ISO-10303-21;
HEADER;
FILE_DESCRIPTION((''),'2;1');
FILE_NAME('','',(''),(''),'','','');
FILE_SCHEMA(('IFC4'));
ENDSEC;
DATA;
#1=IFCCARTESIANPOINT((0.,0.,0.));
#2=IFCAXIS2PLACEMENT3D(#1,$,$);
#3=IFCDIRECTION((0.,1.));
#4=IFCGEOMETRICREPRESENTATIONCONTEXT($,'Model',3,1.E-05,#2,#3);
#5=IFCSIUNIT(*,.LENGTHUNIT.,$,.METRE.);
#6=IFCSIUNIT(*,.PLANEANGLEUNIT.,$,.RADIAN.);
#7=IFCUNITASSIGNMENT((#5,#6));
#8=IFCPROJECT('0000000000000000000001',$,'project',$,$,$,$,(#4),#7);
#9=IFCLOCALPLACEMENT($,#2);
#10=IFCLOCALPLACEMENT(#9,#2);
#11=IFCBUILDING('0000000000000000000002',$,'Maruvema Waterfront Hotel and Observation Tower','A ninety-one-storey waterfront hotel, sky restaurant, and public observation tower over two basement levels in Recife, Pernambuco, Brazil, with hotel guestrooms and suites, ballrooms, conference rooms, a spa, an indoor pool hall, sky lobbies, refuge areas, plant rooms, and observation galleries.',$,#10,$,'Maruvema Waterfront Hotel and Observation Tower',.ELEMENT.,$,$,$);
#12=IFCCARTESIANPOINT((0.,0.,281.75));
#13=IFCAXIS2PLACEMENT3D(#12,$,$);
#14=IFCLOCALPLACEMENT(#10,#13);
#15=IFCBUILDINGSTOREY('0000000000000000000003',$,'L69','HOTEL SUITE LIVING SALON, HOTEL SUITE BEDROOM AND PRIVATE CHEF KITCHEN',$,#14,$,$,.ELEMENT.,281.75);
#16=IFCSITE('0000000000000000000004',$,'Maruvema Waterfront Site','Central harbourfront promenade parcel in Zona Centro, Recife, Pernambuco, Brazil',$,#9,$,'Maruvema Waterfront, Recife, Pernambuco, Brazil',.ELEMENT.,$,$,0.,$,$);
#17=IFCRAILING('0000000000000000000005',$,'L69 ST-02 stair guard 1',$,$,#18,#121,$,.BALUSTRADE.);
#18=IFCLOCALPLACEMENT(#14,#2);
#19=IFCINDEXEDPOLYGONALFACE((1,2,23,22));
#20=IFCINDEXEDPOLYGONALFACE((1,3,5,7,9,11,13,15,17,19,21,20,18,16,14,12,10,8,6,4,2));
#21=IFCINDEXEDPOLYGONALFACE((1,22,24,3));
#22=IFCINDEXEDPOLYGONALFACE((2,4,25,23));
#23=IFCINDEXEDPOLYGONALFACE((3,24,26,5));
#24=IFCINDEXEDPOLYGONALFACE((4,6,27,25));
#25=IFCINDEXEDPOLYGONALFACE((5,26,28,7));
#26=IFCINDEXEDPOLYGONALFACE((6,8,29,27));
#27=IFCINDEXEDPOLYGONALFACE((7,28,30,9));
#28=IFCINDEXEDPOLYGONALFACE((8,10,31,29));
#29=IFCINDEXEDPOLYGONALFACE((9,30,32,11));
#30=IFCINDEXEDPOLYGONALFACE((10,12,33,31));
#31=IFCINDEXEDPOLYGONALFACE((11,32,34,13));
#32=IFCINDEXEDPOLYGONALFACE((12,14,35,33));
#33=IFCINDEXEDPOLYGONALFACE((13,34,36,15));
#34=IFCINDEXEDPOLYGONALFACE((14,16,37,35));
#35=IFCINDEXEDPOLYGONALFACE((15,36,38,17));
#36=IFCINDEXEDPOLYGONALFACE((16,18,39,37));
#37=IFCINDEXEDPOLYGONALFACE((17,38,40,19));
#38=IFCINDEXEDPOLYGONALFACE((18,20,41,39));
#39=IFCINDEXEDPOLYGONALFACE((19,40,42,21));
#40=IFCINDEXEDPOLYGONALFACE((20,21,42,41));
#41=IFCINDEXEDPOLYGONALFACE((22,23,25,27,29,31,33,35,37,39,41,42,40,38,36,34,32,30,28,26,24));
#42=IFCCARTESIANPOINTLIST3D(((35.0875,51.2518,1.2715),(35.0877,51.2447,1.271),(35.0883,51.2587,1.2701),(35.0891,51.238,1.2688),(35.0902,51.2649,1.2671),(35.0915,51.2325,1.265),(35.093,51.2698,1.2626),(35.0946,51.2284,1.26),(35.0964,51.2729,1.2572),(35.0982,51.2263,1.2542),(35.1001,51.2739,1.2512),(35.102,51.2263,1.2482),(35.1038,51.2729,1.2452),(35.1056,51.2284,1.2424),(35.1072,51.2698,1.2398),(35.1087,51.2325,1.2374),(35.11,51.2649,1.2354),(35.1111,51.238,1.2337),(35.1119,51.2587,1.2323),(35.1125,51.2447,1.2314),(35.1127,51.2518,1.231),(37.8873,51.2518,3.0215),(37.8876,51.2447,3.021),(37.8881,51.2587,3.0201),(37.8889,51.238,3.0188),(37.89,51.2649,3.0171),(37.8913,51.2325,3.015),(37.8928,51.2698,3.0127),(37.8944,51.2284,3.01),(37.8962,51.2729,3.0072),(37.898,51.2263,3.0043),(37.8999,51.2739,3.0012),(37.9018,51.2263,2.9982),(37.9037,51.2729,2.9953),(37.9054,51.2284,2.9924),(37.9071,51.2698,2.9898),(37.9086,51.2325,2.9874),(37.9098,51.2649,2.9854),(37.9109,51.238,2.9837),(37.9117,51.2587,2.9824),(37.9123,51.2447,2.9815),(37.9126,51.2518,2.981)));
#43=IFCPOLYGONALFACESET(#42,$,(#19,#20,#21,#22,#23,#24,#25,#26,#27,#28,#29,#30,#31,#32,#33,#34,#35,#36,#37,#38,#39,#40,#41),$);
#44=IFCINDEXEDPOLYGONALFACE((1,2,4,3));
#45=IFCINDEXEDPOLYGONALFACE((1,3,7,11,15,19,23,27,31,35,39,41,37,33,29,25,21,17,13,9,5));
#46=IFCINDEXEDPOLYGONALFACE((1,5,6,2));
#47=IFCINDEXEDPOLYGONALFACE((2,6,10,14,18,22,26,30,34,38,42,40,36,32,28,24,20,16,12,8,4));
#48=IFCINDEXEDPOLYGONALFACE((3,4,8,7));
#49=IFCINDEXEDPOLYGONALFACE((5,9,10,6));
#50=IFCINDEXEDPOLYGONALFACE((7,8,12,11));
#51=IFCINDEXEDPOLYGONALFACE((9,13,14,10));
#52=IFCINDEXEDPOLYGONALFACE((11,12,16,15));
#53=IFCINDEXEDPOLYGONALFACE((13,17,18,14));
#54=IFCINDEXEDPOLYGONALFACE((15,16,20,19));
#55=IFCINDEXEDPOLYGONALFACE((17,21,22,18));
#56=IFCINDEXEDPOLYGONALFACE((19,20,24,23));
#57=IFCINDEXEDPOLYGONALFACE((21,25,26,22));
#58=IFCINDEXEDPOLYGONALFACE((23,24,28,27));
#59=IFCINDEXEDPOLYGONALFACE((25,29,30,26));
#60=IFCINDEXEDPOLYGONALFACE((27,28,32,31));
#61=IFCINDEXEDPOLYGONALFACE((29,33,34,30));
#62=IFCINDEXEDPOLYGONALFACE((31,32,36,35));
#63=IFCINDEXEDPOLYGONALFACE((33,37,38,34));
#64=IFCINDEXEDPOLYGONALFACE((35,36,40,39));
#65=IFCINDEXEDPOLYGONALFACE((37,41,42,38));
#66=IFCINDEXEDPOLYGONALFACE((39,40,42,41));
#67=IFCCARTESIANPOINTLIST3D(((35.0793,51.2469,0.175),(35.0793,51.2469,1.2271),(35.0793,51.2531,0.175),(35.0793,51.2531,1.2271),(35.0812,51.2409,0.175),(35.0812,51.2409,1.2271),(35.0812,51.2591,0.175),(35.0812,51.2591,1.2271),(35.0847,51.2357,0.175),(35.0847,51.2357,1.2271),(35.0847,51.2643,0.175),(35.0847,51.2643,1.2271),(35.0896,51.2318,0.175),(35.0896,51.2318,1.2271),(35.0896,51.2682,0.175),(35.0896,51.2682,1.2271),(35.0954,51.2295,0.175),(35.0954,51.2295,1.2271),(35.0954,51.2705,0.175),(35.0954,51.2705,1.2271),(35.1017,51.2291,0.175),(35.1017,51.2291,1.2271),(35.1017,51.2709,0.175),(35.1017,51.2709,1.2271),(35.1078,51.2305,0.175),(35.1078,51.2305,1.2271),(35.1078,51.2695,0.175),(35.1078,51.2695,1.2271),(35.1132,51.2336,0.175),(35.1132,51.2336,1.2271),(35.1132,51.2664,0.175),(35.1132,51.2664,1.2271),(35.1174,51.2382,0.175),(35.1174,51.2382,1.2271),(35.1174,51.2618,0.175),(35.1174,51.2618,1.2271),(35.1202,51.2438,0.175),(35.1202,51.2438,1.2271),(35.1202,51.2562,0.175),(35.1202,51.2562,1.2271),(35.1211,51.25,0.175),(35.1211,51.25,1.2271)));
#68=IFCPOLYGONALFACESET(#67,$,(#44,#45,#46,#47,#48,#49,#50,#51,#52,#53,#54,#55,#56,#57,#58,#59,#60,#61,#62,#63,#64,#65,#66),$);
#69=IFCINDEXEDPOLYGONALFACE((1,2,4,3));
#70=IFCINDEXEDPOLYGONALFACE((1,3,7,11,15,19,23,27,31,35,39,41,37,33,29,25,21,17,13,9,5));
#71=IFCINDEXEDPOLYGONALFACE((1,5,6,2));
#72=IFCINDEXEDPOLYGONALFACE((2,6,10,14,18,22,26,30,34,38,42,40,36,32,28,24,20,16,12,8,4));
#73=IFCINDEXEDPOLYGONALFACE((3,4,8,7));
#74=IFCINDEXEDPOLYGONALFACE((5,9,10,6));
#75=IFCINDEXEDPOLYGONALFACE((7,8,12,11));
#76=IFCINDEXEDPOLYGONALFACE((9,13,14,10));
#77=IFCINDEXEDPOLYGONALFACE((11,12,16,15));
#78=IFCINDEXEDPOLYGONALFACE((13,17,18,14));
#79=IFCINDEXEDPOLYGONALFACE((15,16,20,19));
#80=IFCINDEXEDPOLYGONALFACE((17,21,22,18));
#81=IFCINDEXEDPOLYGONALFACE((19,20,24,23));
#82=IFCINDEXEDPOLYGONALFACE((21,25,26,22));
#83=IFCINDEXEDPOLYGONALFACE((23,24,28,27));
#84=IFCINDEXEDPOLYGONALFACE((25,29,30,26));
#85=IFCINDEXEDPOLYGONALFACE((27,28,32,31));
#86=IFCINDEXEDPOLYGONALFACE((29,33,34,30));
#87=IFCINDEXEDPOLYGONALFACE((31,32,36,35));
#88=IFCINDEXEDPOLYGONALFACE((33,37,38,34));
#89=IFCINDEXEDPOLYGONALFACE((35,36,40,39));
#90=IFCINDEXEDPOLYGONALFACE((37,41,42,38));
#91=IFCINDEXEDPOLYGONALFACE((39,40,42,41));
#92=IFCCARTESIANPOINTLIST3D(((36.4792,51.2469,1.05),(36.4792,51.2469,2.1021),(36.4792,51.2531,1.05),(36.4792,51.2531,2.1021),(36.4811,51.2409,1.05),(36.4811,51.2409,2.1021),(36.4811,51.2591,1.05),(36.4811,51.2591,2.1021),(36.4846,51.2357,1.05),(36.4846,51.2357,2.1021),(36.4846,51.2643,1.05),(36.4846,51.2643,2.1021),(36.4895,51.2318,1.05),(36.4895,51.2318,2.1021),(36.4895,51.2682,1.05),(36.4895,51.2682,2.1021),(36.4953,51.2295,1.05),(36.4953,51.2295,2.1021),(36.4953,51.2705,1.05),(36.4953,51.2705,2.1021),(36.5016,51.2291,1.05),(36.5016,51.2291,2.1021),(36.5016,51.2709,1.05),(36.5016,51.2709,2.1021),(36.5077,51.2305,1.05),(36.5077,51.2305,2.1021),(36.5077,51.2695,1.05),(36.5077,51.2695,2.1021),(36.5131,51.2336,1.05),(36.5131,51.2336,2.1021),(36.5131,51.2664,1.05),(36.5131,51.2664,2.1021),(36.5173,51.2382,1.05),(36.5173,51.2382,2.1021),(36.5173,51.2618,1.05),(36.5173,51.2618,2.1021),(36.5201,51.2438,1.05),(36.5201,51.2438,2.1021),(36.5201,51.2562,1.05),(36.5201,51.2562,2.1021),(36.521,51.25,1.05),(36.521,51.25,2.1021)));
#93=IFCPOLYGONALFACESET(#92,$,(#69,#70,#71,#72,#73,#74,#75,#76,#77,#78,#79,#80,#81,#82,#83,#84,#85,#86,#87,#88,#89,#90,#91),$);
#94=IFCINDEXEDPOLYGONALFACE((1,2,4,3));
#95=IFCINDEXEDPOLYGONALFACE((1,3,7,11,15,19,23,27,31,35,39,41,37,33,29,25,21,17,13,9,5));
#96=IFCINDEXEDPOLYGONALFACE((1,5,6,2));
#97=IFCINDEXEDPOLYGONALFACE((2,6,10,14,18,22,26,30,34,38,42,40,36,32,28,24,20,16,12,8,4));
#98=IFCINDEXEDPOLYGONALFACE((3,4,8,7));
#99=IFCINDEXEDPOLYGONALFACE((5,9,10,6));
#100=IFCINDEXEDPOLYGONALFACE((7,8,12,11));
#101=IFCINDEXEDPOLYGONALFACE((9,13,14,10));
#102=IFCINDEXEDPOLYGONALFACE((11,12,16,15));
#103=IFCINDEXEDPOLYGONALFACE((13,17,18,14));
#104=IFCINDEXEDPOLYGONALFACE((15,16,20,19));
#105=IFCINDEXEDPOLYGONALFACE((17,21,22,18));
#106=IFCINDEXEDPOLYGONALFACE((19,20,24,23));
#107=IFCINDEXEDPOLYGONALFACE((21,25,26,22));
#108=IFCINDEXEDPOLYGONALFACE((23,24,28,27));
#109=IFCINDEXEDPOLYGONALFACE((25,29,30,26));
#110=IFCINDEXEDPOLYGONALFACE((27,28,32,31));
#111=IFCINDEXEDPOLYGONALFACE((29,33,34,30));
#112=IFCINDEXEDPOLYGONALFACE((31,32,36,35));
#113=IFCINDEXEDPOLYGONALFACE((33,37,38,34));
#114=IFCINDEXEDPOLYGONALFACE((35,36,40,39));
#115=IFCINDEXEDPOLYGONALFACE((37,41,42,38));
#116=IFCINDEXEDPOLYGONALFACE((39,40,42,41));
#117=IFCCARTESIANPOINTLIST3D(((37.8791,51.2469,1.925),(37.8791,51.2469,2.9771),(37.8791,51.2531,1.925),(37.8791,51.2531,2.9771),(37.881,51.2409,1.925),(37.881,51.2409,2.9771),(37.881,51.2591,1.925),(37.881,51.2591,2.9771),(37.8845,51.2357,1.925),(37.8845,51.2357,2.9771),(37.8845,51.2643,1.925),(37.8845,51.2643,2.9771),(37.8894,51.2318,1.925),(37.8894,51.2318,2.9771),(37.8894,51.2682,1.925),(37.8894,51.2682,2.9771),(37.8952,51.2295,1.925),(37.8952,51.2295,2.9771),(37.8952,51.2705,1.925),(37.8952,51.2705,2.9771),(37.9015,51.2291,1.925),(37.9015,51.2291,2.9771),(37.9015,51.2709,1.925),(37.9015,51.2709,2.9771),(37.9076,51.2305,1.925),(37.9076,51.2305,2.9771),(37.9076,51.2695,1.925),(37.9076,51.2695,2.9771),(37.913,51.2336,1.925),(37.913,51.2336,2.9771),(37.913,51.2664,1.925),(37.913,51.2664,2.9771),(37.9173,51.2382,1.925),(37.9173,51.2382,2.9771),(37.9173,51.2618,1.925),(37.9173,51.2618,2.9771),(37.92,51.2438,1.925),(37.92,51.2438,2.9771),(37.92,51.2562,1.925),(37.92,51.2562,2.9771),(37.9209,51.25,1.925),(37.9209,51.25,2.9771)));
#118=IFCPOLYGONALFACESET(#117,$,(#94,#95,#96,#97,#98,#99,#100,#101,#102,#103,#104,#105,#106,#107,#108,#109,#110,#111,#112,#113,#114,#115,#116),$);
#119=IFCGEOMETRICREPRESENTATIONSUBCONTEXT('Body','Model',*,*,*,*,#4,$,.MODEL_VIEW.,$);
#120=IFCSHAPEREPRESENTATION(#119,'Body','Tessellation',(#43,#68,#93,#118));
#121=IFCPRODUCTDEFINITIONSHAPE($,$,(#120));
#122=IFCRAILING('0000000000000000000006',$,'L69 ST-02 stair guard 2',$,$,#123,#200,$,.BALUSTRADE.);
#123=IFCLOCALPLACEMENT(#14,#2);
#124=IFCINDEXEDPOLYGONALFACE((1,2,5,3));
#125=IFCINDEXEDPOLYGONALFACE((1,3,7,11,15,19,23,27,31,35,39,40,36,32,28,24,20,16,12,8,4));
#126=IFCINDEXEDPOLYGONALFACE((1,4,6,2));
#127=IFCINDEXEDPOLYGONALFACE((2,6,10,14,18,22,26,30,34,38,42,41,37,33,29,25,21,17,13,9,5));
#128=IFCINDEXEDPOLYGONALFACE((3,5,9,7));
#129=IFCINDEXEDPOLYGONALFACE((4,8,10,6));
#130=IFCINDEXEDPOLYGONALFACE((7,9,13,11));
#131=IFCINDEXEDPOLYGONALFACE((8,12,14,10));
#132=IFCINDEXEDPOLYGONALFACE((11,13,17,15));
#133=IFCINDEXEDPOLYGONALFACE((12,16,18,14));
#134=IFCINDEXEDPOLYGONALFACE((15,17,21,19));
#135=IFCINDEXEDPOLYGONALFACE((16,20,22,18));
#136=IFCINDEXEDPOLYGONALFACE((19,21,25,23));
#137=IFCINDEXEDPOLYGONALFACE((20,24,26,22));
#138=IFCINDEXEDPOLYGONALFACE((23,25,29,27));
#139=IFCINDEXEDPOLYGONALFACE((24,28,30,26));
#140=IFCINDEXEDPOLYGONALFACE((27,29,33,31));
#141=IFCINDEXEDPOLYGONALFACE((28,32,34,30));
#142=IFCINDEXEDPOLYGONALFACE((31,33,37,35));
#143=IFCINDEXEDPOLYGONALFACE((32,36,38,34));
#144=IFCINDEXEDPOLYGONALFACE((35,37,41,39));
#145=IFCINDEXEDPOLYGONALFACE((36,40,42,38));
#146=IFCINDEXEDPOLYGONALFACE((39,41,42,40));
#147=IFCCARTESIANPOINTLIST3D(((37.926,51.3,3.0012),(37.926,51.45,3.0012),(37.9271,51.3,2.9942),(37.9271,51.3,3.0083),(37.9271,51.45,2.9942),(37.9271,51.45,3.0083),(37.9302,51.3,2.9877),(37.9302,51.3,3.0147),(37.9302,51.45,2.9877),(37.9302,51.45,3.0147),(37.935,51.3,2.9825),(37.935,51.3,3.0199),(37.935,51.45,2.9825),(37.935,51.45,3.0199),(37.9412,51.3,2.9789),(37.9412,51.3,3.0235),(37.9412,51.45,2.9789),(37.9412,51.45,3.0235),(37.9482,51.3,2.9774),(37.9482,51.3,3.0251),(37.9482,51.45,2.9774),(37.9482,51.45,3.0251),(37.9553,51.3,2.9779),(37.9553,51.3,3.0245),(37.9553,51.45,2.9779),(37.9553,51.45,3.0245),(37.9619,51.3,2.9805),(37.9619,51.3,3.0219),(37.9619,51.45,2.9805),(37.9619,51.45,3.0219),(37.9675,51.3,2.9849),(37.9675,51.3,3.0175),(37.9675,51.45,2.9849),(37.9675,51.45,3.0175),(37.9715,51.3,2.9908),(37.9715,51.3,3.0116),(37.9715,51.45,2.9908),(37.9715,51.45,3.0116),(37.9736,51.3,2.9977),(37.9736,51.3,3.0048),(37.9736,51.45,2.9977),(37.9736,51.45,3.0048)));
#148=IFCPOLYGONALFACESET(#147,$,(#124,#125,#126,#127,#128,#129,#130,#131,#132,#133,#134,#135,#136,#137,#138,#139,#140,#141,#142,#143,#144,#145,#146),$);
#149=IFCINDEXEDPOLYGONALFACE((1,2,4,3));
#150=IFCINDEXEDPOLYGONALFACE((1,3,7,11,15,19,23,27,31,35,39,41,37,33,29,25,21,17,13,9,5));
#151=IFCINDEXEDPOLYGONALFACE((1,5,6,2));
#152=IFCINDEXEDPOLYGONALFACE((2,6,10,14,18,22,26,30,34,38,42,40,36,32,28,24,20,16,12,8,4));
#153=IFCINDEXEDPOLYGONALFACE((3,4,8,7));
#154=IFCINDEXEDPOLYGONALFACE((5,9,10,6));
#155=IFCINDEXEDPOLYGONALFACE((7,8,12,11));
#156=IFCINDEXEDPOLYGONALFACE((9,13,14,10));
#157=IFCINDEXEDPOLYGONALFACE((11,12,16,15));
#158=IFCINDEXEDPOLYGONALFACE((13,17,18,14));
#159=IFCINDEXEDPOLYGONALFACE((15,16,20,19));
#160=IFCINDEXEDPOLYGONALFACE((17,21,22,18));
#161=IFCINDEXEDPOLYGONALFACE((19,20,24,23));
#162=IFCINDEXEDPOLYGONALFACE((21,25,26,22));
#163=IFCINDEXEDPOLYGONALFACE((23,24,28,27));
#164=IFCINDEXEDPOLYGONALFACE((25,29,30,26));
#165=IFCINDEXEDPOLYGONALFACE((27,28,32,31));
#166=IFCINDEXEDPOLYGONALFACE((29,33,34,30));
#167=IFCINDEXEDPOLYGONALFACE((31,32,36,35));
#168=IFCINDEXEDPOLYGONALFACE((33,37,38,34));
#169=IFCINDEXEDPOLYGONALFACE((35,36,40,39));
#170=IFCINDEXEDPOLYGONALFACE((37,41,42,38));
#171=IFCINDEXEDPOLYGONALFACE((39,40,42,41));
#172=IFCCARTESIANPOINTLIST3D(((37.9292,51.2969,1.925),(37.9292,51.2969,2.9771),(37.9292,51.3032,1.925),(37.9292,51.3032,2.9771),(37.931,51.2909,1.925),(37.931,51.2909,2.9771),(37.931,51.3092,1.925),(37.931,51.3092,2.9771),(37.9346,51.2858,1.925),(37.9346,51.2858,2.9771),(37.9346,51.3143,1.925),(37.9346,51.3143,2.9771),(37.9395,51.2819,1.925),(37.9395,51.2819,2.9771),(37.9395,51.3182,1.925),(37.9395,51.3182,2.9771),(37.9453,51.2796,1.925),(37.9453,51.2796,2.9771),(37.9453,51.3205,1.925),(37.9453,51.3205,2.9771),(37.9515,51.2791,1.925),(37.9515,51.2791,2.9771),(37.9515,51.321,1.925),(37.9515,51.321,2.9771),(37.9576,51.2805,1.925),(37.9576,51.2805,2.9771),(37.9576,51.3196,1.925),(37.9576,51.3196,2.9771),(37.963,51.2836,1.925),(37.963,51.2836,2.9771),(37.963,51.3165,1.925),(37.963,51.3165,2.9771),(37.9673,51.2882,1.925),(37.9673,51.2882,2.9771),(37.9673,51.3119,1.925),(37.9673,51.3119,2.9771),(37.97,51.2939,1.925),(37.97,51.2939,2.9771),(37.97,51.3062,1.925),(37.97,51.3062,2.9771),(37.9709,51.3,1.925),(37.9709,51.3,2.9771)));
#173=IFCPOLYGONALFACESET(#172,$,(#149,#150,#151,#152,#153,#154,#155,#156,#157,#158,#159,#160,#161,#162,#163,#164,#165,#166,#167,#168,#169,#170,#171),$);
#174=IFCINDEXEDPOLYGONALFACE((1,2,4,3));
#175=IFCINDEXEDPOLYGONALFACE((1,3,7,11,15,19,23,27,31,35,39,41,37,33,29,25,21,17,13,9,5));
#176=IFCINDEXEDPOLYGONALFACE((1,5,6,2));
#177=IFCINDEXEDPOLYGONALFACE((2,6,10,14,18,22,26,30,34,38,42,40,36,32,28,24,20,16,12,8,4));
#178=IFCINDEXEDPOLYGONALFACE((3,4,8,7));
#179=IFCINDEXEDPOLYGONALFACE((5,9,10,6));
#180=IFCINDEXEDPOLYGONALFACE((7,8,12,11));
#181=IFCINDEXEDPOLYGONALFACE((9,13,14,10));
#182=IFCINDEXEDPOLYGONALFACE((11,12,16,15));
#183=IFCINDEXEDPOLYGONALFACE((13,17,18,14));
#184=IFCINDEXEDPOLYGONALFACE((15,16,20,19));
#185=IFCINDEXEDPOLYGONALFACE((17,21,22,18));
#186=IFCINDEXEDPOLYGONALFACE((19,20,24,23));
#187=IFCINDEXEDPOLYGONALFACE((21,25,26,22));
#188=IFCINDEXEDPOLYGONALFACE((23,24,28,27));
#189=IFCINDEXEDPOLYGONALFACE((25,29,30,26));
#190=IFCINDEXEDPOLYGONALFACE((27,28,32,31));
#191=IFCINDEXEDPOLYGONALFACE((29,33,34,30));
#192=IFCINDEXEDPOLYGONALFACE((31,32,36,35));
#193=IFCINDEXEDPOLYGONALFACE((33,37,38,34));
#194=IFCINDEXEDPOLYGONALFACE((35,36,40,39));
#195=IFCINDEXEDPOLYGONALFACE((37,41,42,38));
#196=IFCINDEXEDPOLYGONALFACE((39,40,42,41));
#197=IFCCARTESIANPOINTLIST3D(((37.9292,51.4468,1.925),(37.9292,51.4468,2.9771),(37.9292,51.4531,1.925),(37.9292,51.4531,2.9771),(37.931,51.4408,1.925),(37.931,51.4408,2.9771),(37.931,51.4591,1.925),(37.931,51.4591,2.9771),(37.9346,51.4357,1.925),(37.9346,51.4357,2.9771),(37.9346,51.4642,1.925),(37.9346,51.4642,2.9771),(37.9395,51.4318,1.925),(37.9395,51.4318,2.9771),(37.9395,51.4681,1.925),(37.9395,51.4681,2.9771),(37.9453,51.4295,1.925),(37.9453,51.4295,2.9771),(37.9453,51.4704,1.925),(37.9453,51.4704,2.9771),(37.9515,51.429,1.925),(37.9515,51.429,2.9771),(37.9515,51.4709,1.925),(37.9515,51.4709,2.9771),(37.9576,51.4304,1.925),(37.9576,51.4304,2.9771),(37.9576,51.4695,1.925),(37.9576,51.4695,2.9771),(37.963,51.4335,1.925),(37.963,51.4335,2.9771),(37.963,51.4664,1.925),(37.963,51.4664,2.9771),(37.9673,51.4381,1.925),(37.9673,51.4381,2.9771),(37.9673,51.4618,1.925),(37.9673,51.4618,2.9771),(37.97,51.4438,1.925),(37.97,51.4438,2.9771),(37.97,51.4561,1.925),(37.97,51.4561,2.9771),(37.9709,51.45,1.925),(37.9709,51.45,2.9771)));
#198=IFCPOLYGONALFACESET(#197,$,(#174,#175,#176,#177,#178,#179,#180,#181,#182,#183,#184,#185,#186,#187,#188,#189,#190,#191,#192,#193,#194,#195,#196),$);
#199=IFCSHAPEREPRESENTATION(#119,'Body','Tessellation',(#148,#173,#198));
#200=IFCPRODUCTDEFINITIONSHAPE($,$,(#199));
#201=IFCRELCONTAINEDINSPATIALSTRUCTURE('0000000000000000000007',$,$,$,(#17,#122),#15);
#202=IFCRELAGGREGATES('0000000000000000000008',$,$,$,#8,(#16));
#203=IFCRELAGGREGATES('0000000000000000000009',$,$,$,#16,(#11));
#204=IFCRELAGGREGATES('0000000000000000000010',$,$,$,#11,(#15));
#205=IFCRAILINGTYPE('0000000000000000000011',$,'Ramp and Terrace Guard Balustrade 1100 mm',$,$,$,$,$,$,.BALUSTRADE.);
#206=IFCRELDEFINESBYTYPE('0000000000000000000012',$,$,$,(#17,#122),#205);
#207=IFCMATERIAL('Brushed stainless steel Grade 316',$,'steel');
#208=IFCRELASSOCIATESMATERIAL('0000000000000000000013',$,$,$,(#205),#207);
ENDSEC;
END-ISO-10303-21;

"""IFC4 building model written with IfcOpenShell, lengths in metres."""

from ifc_helpers import new_model, si_unit, direction, frame, origin, origin_2d, place, context, subcontext, project, spatial, circle, extrude, material, type_object, element, save


model = new_model("IFC4")

# Units and contexts
model_context = context("Model", 3, precision=1e-05, world=origin(), true_north=direction((0.0, 1.0)))
body_context = subcontext(model_context, "Body", "Model", "MODEL_VIEW")
ifc_project = project(units=[si_unit("LENGTHUNIT", "METRE"), si_unit("PLANEANGLEUNIT", "RADIAN")], contexts=[model_context])

# Site, building, storey
site_placement = place(None, origin())
site = spatial("IfcSite", under=ifc_project, at=site_placement, Name="Maruvema Waterfront Site", Description="Central harbourfront promenade parcel in Zona Centro, Recife, Pernambuco, Brazil", LongName="Maruvema Waterfront, Recife, Pernambuco, Brazil", CompositionType="ELEMENT", RefElevation=0.0)
building_placement = place(site_placement, origin())
building = spatial("IfcBuilding", under=site, at=building_placement, Name="Maruvema Waterfront Hotel and Observation Tower", Description="A ninety-one-storey waterfront hotel, sky restaurant, and public observation tower over two basement levels in Recife, Pernambuco, Brazil, with hotel guestrooms and suites, ballrooms, conference rooms, a spa, an indoor pool hall, sky lobbies, refuge areas, plant rooms, and observation galleries.", LongName="Maruvema Waterfront Hotel and Observation Tower", CompositionType="ELEMENT")
storey_placement = place(building_placement, frame((0.0, 0.0, 281.75)))
storey = spatial("IfcBuildingStorey", under=building, at=storey_placement, Name="L69", Description="HOTEL SUITE LIVING SALON, HOTEL SUITE BEDROOM AND PRIVATE CHEF KITCHEN", CompositionType="ELEMENT", Elevation=281.75)

# Railings
ifc_material_1 = material(Name="Brushed stainless steel Grade 316", Category="steel")
railing_type_1 = type_object("IfcRailingType", Name="Ramp and Terrace Guard Balustrade 1100 mm", PredefinedType="BALUSTRADE", material=ifc_material_1)
railing_1_placement = place(storey_placement, frame((35.1001, 51.25, 0.175)))
element("IfcRailing", 1, at=railing_1_placement, inside=storey, type_object=railing_type_1, Name="L69 ST-02 stair guard 1", PredefinedType="BALUSTRADE", context=body_context, shape_type="SweptSolid", body=[
    extrude(circle(Radius=0.0239, at=origin_2d()), frame((0.0, 0.0, 1.0762), z_axis=(0.847982, 0.0, 0.530026), x_axis=(0.0, 1.0, 0.0)), (0.0, 0.0, 1.0), 3.3018),
    extrude(circle(Radius=0.021, at=origin_2d()), origin(), (0.0, 0.0, 1.0), 1.052),
    extrude(circle(Radius=0.021, at=origin_2d()), frame((1.3999, 0.0, 0.875)), (0.0, 0.0, 1.0), 1.052),
    extrude(circle(Radius=0.021, at=origin_2d()), frame((2.7998, 0.0, 1.75)), (0.0, 0.0, 1.0), 1.052),
])
railing_2_placement = place(storey_placement, frame((37.95, 51.3, 1.925)))
element("IfcRailing", 2, at=railing_2_placement, inside=storey, type_object=railing_type_1, Name="L69 ST-02 stair guard 2", PredefinedType="BALUSTRADE", context=body_context, shape_type="SweptSolid", body=[
    extrude(circle(Radius=0.0239, at=origin_2d()), frame((0.0, 0.0, 1.0762), z_axis=(0.0, 1.0, 0.0), x_axis=(-1.0, 0.0, 0.0)), (0.0, 0.0, 1.0), 0.1499),
    extrude(circle(Radius=0.021, at=origin_2d()), origin(), (0.0, 0.0, 1.0), 1.052),
    extrude(circle(Radius=0.021, at=origin_2d()), frame((0.0, 0.1499, 0.0)), (0.0, 0.0, 1.0), 1.052),
])

save(model, "model.ifc")
